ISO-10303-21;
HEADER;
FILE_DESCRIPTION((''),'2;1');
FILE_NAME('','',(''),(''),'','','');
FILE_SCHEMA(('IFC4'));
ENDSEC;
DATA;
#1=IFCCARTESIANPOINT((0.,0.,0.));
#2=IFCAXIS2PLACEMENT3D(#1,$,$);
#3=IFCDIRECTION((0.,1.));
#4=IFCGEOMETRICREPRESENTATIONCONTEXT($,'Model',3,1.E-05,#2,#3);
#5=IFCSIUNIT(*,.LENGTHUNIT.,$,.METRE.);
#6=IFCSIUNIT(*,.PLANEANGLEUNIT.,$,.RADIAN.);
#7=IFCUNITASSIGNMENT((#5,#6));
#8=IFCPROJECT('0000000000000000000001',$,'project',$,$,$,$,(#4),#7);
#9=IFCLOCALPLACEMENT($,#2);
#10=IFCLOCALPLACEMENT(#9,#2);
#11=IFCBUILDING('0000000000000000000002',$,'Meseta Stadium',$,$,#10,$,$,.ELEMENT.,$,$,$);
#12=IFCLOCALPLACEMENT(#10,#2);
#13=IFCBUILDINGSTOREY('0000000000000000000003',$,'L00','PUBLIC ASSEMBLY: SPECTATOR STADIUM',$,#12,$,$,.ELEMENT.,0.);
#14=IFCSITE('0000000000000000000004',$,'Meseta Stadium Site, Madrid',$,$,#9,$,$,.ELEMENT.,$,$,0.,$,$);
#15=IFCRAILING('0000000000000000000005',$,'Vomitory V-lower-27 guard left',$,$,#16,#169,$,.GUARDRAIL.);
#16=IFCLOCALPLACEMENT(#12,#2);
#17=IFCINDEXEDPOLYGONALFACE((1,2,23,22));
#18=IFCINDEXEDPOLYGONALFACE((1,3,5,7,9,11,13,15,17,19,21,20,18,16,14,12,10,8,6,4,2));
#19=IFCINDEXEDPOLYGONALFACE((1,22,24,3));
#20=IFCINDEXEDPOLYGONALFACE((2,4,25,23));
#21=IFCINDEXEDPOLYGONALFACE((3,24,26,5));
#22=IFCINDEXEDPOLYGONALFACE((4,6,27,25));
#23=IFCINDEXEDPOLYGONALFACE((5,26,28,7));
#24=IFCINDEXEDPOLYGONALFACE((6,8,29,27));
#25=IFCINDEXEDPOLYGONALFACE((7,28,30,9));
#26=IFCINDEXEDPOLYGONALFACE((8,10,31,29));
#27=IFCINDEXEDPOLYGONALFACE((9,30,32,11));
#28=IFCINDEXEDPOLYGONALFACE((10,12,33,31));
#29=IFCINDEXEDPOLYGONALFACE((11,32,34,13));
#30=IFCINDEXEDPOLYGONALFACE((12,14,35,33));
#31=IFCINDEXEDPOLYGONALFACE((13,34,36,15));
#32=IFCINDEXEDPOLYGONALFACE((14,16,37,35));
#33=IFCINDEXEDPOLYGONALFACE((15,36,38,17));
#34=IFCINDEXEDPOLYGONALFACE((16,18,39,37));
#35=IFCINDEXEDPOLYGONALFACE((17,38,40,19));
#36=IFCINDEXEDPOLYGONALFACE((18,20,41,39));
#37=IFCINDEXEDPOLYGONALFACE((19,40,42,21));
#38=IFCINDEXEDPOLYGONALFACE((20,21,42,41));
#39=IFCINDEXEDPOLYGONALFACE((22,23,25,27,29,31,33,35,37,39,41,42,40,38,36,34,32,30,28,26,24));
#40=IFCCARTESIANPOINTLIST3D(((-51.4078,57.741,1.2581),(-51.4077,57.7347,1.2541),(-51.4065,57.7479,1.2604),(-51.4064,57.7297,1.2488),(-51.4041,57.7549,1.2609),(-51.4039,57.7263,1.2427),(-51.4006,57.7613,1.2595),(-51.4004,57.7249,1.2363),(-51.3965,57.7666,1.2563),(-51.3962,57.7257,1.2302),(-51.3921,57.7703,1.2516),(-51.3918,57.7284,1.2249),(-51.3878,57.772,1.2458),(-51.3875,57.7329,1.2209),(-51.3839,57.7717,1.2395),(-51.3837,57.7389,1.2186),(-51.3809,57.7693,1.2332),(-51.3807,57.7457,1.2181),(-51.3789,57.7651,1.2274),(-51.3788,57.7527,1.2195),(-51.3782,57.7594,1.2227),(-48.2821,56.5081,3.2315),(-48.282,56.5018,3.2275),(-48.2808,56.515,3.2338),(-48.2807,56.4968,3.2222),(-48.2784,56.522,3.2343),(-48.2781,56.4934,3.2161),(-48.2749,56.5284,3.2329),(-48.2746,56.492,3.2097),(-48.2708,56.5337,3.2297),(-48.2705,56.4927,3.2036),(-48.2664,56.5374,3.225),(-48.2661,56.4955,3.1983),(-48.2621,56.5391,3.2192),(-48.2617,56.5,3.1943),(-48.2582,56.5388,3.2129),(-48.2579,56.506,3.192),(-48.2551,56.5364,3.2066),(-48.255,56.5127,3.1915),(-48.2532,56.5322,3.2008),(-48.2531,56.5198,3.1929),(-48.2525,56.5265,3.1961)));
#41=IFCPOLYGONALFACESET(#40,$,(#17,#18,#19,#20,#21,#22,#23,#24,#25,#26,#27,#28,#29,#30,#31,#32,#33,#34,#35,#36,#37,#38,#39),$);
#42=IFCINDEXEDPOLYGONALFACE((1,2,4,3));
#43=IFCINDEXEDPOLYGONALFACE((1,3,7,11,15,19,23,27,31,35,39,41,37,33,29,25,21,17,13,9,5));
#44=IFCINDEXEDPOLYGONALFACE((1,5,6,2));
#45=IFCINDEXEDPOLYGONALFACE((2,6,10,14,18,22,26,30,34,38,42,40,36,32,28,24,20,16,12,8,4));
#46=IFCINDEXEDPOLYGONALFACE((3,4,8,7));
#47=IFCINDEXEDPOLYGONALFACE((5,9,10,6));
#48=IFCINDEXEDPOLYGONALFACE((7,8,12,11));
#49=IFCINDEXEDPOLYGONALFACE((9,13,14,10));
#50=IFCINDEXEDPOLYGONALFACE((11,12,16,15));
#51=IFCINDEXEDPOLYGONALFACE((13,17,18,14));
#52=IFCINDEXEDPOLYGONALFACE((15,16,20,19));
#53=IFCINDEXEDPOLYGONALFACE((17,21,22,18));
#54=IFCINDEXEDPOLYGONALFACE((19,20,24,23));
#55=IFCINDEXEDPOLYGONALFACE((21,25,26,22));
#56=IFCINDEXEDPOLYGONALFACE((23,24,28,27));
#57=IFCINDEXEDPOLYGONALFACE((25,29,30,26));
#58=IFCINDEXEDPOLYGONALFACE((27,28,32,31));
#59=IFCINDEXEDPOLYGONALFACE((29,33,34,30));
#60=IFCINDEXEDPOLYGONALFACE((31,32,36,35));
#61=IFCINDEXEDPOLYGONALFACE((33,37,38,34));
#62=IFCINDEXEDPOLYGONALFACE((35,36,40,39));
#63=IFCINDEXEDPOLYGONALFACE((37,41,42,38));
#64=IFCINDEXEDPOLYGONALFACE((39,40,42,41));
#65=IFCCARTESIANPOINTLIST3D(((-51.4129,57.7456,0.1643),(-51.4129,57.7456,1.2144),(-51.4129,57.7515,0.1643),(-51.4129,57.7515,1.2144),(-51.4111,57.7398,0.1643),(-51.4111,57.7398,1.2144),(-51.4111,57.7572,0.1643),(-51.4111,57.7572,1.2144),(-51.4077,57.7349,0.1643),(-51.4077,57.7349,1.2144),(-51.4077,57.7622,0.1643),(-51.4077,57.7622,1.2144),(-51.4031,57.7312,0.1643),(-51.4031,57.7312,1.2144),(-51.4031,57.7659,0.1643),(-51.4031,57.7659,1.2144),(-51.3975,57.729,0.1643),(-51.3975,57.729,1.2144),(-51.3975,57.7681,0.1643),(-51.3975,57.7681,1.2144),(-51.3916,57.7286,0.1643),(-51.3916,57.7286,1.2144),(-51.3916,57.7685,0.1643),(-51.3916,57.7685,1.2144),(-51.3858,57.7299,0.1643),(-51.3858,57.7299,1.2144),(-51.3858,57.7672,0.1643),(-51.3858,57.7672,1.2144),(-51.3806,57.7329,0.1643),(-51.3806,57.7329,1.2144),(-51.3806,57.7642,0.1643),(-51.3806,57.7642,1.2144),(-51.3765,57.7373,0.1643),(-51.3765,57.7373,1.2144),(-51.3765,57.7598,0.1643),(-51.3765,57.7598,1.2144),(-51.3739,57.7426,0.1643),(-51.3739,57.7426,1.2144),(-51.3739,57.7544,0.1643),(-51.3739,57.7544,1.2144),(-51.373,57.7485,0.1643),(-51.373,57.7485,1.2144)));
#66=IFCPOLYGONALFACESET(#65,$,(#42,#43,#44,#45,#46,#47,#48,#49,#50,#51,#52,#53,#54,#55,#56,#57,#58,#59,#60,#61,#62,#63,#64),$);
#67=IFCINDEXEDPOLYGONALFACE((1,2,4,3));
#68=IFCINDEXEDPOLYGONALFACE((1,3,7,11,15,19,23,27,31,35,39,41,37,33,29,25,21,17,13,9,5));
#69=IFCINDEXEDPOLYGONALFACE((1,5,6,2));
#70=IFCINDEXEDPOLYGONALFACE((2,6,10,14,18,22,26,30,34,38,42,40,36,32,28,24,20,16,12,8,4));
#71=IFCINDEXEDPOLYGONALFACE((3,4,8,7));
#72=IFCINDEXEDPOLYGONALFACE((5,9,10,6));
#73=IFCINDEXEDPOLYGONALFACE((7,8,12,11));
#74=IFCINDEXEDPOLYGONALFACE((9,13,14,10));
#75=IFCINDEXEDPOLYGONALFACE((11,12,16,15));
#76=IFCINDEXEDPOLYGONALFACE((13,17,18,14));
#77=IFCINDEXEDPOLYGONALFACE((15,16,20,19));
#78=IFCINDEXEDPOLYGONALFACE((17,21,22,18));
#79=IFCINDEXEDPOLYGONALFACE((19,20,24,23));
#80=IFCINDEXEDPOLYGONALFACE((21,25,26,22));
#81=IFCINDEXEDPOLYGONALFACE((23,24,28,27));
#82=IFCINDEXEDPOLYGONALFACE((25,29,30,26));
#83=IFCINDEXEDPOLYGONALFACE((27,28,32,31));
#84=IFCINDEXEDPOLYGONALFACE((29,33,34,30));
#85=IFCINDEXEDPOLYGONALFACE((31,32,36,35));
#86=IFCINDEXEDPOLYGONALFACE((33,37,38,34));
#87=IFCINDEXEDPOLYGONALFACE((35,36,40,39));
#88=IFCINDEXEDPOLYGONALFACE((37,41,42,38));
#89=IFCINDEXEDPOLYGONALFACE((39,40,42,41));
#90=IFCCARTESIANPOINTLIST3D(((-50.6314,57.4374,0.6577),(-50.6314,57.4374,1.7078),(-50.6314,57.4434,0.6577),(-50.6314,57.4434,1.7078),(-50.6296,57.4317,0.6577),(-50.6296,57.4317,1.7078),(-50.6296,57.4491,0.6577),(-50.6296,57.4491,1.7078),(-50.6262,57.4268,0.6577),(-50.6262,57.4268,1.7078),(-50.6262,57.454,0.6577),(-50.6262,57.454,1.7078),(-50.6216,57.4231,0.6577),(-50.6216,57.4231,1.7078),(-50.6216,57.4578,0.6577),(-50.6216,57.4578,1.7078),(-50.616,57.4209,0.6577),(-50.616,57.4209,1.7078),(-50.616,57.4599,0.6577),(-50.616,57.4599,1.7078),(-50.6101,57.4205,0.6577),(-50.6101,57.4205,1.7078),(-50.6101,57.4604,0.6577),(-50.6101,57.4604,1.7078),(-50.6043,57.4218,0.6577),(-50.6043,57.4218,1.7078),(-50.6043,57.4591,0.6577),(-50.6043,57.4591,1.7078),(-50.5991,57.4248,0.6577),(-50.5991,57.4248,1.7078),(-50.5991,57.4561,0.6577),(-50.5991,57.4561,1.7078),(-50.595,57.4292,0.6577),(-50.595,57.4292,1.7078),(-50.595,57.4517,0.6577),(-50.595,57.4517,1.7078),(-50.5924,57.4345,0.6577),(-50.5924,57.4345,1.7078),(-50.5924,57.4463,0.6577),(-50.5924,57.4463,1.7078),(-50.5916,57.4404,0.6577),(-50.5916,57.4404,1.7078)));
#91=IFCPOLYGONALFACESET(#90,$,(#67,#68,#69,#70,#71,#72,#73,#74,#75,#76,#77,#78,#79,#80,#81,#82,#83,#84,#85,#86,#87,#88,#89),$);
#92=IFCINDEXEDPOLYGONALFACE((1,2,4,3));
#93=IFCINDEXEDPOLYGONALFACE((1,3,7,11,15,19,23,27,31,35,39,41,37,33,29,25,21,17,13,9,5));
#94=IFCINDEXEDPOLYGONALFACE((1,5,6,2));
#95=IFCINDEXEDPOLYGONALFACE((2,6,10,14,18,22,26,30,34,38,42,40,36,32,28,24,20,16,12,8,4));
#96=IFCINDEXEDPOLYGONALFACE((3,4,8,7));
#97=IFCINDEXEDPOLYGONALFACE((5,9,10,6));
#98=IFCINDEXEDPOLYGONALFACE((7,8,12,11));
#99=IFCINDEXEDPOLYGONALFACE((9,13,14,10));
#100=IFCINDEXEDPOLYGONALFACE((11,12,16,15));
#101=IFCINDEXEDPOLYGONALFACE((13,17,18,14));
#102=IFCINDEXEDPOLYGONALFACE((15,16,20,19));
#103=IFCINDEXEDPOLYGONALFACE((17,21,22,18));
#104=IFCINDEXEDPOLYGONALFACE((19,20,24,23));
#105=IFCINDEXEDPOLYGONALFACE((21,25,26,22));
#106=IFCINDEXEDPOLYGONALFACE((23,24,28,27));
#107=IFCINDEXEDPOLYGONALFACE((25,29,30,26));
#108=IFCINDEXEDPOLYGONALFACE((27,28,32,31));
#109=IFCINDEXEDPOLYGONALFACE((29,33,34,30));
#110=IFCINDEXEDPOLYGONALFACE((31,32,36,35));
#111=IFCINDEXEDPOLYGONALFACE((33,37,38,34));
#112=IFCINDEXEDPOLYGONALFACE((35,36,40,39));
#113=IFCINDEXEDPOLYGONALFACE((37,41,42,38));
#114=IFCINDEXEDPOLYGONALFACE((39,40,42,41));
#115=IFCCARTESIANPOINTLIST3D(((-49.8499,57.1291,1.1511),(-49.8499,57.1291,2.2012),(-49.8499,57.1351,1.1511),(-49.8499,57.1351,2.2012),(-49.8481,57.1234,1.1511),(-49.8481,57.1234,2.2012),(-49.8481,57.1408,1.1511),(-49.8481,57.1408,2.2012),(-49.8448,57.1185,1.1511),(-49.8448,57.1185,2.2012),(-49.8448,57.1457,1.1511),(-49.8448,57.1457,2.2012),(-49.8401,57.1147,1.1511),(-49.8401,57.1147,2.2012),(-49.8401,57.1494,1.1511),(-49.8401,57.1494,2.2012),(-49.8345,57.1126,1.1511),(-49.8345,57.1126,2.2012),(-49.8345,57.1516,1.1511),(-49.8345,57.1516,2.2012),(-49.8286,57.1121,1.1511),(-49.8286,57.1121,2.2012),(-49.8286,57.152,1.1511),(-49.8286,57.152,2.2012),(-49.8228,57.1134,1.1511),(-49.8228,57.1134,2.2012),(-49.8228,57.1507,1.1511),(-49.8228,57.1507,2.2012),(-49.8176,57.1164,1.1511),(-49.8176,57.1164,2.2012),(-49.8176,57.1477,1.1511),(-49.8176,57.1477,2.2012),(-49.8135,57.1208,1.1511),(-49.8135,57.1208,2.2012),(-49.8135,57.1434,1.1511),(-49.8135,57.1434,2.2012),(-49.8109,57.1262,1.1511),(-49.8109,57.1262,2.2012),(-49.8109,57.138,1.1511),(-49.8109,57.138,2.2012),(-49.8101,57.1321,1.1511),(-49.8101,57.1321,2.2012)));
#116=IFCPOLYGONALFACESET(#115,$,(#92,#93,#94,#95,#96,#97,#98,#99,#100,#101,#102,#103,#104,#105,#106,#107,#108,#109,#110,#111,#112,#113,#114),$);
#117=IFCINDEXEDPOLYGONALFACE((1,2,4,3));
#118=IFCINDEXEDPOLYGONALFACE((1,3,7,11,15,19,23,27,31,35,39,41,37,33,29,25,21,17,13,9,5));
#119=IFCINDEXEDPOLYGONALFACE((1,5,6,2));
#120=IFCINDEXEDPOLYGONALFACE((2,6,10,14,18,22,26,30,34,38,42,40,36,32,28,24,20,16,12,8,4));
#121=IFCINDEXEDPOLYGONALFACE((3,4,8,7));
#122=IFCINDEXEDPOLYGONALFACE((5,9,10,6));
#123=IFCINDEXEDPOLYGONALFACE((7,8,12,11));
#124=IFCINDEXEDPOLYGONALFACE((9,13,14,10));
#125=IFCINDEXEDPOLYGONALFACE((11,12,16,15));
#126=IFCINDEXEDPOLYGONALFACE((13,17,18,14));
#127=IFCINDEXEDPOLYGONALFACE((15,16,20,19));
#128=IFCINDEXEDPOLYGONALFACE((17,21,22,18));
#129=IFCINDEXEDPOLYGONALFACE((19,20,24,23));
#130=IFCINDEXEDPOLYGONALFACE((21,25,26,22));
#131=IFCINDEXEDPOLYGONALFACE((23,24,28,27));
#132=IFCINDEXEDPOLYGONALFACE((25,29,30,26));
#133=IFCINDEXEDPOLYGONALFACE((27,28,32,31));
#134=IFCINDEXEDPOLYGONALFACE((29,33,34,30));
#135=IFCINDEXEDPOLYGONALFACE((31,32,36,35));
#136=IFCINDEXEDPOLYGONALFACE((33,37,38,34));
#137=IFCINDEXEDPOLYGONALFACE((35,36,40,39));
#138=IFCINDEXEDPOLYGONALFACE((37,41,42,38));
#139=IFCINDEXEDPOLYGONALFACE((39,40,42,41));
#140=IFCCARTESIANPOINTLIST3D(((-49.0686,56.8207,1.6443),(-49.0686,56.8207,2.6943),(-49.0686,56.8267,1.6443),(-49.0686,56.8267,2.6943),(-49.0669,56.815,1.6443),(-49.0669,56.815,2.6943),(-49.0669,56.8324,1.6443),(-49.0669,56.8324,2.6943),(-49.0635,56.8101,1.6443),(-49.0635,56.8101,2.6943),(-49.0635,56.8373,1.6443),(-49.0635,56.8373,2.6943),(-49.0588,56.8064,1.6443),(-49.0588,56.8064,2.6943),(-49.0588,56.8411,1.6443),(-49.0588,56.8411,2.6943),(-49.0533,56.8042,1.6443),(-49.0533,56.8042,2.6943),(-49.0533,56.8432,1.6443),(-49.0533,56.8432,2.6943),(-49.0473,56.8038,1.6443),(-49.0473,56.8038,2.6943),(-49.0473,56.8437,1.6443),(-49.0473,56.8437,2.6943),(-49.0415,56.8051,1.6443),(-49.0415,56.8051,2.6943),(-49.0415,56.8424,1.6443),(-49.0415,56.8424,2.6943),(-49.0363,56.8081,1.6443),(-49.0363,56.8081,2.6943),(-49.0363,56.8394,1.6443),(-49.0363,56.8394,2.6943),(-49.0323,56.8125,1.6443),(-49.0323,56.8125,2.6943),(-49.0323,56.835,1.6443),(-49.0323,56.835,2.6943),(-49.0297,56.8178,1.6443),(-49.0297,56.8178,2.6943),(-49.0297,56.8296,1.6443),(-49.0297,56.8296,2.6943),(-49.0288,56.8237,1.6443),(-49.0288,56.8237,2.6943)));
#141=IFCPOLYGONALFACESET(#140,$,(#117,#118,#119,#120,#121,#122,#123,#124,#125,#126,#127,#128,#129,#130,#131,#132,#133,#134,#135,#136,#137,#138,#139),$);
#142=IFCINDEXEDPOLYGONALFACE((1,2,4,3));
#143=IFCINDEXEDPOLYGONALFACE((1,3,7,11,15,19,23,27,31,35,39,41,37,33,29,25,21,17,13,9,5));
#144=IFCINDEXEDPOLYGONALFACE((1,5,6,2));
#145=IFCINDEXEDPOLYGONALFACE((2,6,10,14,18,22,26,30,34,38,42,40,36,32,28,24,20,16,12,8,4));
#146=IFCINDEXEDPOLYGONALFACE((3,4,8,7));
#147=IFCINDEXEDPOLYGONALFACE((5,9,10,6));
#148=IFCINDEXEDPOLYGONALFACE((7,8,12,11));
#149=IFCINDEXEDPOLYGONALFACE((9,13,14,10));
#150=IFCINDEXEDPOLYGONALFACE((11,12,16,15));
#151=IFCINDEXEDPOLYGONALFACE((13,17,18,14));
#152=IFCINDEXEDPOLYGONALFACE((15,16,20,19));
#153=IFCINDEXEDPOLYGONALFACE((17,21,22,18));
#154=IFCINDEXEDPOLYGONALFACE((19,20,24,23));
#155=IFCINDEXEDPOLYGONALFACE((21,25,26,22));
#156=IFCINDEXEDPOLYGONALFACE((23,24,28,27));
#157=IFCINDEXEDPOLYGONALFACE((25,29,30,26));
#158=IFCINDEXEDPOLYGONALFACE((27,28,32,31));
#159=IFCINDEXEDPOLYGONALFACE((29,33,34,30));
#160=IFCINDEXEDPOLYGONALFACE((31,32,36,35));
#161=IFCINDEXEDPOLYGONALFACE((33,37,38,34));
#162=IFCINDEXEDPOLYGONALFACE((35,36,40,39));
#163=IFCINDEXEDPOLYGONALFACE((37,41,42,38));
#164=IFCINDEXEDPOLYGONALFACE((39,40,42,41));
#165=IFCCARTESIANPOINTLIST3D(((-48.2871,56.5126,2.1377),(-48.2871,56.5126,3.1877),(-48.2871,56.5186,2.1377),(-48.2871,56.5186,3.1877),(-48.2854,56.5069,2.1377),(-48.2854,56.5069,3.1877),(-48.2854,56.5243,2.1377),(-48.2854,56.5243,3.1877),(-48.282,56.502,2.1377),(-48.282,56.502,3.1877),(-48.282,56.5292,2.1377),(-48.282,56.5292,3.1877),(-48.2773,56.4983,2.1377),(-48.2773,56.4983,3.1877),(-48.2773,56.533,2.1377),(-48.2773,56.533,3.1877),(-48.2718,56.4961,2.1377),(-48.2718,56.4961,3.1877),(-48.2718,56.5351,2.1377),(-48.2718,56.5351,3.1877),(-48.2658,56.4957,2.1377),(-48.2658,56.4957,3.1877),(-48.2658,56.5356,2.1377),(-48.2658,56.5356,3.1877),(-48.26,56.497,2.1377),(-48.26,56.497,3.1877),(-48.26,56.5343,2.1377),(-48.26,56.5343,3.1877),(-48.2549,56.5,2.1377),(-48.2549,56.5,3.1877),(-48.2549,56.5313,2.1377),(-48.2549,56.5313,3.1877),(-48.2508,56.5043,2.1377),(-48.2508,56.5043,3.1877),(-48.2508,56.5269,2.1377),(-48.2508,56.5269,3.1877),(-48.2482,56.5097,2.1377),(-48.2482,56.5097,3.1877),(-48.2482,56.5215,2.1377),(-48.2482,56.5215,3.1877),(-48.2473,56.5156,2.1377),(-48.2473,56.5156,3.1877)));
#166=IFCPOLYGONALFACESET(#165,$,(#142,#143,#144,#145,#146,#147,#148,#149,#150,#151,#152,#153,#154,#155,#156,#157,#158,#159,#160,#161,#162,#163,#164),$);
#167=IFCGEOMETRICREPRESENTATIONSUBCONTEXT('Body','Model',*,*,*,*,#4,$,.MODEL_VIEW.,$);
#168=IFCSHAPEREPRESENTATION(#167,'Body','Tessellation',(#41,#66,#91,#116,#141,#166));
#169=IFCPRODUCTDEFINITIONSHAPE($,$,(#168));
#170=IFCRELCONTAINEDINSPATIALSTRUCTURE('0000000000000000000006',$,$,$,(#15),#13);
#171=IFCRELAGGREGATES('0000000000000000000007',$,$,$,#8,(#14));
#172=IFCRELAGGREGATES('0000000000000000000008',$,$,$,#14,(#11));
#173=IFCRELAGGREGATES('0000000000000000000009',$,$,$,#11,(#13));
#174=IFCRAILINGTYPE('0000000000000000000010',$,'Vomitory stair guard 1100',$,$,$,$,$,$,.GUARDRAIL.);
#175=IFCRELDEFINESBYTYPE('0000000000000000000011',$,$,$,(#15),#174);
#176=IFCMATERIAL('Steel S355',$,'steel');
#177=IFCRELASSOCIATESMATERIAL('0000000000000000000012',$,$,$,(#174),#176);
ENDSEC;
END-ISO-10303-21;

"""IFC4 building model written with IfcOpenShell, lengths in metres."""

from ifc_helpers import new_model, si_unit, direction, frame, origin, origin_2d, place, context, subcontext, project, spatial, circle, extrude, material, type_object, element, save


model = new_model("IFC4")

# Units and contexts
model_context = context("Model", 3, precision=1e-05, world=origin(), true_north=direction((0.0, 1.0)))
body_context = subcontext(model_context, "Body", "Model", "MODEL_VIEW")
ifc_project = project(units=[si_unit("LENGTHUNIT", "METRE"), si_unit("PLANEANGLEUNIT", "RADIAN")], contexts=[model_context])

# Site, building, storey
site_placement = place(None, origin())
site = spatial("IfcSite", under=ifc_project, at=site_placement, Name="Meseta Stadium Site, Madrid", CompositionType="ELEMENT", RefElevation=0.0)
building_placement = place(site_placement, origin())
building = spatial("IfcBuilding", under=site, at=building_placement, Name="Meseta Stadium", CompositionType="ELEMENT")
storey_placement = place(building_placement, origin())
storey = spatial("IfcBuildingStorey", under=building, at=storey_placement, Name="L00", Description="PUBLIC ASSEMBLY: SPECTATOR STADIUM", CompositionType="ELEMENT", Elevation=0.0)

# Railing
ifc_material_1 = material(Name="Steel S355", Category="steel")
railing_type_1 = type_object("IfcRailingType", Name="Vomitory stair guard 1100", PredefinedType="GUARDRAIL", material=ifc_material_1)
railing_1_placement = place(storey_placement, frame((-51.3931, 57.7485, 0.1643)))
element("IfcRailing", 1, at=railing_1_placement, inside=storey, type_object=railing_type_1, Name="Vomitory V-lower-27 guard left", PredefinedType="GUARDRAIL", context=body_context, shape_type="SweptSolid", body=[
    extrude(circle(Radius=0.0249, at=origin_2d()), frame((0.0, 0.0, 1.0752), z_axis=(0.802142, -0.316396, 0.506421), x_axis=(0.366927, 0.93025, 0.0)), (0.0, 0.0, 1.0), 3.8967),
    extrude(circle(Radius=0.02, at=origin_2d()), origin(), (0.0, 0.0, 1.0), 1.05),
    extrude(circle(Radius=0.02, at=origin_2d()), frame((0.7815, -0.3081, 0.4934)), (0.0, 0.0, 1.0), 1.05),
    extrude(circle(Radius=0.02, at=origin_2d()), frame((1.563, -0.6165, 0.9868)), (0.0, 0.0, 1.0), 1.05),
    extrude(circle(Radius=0.02, at=origin_2d()), frame((2.3442, -0.9248, 1.48)), (0.0, 0.0, 1.0), 1.05),
    extrude(circle(Radius=0.02, at=origin_2d()), frame((3.1257, -1.2329, 1.9734)), (0.0, 0.0, 1.0), 1.05),
])

save(model, "model.ifc")
